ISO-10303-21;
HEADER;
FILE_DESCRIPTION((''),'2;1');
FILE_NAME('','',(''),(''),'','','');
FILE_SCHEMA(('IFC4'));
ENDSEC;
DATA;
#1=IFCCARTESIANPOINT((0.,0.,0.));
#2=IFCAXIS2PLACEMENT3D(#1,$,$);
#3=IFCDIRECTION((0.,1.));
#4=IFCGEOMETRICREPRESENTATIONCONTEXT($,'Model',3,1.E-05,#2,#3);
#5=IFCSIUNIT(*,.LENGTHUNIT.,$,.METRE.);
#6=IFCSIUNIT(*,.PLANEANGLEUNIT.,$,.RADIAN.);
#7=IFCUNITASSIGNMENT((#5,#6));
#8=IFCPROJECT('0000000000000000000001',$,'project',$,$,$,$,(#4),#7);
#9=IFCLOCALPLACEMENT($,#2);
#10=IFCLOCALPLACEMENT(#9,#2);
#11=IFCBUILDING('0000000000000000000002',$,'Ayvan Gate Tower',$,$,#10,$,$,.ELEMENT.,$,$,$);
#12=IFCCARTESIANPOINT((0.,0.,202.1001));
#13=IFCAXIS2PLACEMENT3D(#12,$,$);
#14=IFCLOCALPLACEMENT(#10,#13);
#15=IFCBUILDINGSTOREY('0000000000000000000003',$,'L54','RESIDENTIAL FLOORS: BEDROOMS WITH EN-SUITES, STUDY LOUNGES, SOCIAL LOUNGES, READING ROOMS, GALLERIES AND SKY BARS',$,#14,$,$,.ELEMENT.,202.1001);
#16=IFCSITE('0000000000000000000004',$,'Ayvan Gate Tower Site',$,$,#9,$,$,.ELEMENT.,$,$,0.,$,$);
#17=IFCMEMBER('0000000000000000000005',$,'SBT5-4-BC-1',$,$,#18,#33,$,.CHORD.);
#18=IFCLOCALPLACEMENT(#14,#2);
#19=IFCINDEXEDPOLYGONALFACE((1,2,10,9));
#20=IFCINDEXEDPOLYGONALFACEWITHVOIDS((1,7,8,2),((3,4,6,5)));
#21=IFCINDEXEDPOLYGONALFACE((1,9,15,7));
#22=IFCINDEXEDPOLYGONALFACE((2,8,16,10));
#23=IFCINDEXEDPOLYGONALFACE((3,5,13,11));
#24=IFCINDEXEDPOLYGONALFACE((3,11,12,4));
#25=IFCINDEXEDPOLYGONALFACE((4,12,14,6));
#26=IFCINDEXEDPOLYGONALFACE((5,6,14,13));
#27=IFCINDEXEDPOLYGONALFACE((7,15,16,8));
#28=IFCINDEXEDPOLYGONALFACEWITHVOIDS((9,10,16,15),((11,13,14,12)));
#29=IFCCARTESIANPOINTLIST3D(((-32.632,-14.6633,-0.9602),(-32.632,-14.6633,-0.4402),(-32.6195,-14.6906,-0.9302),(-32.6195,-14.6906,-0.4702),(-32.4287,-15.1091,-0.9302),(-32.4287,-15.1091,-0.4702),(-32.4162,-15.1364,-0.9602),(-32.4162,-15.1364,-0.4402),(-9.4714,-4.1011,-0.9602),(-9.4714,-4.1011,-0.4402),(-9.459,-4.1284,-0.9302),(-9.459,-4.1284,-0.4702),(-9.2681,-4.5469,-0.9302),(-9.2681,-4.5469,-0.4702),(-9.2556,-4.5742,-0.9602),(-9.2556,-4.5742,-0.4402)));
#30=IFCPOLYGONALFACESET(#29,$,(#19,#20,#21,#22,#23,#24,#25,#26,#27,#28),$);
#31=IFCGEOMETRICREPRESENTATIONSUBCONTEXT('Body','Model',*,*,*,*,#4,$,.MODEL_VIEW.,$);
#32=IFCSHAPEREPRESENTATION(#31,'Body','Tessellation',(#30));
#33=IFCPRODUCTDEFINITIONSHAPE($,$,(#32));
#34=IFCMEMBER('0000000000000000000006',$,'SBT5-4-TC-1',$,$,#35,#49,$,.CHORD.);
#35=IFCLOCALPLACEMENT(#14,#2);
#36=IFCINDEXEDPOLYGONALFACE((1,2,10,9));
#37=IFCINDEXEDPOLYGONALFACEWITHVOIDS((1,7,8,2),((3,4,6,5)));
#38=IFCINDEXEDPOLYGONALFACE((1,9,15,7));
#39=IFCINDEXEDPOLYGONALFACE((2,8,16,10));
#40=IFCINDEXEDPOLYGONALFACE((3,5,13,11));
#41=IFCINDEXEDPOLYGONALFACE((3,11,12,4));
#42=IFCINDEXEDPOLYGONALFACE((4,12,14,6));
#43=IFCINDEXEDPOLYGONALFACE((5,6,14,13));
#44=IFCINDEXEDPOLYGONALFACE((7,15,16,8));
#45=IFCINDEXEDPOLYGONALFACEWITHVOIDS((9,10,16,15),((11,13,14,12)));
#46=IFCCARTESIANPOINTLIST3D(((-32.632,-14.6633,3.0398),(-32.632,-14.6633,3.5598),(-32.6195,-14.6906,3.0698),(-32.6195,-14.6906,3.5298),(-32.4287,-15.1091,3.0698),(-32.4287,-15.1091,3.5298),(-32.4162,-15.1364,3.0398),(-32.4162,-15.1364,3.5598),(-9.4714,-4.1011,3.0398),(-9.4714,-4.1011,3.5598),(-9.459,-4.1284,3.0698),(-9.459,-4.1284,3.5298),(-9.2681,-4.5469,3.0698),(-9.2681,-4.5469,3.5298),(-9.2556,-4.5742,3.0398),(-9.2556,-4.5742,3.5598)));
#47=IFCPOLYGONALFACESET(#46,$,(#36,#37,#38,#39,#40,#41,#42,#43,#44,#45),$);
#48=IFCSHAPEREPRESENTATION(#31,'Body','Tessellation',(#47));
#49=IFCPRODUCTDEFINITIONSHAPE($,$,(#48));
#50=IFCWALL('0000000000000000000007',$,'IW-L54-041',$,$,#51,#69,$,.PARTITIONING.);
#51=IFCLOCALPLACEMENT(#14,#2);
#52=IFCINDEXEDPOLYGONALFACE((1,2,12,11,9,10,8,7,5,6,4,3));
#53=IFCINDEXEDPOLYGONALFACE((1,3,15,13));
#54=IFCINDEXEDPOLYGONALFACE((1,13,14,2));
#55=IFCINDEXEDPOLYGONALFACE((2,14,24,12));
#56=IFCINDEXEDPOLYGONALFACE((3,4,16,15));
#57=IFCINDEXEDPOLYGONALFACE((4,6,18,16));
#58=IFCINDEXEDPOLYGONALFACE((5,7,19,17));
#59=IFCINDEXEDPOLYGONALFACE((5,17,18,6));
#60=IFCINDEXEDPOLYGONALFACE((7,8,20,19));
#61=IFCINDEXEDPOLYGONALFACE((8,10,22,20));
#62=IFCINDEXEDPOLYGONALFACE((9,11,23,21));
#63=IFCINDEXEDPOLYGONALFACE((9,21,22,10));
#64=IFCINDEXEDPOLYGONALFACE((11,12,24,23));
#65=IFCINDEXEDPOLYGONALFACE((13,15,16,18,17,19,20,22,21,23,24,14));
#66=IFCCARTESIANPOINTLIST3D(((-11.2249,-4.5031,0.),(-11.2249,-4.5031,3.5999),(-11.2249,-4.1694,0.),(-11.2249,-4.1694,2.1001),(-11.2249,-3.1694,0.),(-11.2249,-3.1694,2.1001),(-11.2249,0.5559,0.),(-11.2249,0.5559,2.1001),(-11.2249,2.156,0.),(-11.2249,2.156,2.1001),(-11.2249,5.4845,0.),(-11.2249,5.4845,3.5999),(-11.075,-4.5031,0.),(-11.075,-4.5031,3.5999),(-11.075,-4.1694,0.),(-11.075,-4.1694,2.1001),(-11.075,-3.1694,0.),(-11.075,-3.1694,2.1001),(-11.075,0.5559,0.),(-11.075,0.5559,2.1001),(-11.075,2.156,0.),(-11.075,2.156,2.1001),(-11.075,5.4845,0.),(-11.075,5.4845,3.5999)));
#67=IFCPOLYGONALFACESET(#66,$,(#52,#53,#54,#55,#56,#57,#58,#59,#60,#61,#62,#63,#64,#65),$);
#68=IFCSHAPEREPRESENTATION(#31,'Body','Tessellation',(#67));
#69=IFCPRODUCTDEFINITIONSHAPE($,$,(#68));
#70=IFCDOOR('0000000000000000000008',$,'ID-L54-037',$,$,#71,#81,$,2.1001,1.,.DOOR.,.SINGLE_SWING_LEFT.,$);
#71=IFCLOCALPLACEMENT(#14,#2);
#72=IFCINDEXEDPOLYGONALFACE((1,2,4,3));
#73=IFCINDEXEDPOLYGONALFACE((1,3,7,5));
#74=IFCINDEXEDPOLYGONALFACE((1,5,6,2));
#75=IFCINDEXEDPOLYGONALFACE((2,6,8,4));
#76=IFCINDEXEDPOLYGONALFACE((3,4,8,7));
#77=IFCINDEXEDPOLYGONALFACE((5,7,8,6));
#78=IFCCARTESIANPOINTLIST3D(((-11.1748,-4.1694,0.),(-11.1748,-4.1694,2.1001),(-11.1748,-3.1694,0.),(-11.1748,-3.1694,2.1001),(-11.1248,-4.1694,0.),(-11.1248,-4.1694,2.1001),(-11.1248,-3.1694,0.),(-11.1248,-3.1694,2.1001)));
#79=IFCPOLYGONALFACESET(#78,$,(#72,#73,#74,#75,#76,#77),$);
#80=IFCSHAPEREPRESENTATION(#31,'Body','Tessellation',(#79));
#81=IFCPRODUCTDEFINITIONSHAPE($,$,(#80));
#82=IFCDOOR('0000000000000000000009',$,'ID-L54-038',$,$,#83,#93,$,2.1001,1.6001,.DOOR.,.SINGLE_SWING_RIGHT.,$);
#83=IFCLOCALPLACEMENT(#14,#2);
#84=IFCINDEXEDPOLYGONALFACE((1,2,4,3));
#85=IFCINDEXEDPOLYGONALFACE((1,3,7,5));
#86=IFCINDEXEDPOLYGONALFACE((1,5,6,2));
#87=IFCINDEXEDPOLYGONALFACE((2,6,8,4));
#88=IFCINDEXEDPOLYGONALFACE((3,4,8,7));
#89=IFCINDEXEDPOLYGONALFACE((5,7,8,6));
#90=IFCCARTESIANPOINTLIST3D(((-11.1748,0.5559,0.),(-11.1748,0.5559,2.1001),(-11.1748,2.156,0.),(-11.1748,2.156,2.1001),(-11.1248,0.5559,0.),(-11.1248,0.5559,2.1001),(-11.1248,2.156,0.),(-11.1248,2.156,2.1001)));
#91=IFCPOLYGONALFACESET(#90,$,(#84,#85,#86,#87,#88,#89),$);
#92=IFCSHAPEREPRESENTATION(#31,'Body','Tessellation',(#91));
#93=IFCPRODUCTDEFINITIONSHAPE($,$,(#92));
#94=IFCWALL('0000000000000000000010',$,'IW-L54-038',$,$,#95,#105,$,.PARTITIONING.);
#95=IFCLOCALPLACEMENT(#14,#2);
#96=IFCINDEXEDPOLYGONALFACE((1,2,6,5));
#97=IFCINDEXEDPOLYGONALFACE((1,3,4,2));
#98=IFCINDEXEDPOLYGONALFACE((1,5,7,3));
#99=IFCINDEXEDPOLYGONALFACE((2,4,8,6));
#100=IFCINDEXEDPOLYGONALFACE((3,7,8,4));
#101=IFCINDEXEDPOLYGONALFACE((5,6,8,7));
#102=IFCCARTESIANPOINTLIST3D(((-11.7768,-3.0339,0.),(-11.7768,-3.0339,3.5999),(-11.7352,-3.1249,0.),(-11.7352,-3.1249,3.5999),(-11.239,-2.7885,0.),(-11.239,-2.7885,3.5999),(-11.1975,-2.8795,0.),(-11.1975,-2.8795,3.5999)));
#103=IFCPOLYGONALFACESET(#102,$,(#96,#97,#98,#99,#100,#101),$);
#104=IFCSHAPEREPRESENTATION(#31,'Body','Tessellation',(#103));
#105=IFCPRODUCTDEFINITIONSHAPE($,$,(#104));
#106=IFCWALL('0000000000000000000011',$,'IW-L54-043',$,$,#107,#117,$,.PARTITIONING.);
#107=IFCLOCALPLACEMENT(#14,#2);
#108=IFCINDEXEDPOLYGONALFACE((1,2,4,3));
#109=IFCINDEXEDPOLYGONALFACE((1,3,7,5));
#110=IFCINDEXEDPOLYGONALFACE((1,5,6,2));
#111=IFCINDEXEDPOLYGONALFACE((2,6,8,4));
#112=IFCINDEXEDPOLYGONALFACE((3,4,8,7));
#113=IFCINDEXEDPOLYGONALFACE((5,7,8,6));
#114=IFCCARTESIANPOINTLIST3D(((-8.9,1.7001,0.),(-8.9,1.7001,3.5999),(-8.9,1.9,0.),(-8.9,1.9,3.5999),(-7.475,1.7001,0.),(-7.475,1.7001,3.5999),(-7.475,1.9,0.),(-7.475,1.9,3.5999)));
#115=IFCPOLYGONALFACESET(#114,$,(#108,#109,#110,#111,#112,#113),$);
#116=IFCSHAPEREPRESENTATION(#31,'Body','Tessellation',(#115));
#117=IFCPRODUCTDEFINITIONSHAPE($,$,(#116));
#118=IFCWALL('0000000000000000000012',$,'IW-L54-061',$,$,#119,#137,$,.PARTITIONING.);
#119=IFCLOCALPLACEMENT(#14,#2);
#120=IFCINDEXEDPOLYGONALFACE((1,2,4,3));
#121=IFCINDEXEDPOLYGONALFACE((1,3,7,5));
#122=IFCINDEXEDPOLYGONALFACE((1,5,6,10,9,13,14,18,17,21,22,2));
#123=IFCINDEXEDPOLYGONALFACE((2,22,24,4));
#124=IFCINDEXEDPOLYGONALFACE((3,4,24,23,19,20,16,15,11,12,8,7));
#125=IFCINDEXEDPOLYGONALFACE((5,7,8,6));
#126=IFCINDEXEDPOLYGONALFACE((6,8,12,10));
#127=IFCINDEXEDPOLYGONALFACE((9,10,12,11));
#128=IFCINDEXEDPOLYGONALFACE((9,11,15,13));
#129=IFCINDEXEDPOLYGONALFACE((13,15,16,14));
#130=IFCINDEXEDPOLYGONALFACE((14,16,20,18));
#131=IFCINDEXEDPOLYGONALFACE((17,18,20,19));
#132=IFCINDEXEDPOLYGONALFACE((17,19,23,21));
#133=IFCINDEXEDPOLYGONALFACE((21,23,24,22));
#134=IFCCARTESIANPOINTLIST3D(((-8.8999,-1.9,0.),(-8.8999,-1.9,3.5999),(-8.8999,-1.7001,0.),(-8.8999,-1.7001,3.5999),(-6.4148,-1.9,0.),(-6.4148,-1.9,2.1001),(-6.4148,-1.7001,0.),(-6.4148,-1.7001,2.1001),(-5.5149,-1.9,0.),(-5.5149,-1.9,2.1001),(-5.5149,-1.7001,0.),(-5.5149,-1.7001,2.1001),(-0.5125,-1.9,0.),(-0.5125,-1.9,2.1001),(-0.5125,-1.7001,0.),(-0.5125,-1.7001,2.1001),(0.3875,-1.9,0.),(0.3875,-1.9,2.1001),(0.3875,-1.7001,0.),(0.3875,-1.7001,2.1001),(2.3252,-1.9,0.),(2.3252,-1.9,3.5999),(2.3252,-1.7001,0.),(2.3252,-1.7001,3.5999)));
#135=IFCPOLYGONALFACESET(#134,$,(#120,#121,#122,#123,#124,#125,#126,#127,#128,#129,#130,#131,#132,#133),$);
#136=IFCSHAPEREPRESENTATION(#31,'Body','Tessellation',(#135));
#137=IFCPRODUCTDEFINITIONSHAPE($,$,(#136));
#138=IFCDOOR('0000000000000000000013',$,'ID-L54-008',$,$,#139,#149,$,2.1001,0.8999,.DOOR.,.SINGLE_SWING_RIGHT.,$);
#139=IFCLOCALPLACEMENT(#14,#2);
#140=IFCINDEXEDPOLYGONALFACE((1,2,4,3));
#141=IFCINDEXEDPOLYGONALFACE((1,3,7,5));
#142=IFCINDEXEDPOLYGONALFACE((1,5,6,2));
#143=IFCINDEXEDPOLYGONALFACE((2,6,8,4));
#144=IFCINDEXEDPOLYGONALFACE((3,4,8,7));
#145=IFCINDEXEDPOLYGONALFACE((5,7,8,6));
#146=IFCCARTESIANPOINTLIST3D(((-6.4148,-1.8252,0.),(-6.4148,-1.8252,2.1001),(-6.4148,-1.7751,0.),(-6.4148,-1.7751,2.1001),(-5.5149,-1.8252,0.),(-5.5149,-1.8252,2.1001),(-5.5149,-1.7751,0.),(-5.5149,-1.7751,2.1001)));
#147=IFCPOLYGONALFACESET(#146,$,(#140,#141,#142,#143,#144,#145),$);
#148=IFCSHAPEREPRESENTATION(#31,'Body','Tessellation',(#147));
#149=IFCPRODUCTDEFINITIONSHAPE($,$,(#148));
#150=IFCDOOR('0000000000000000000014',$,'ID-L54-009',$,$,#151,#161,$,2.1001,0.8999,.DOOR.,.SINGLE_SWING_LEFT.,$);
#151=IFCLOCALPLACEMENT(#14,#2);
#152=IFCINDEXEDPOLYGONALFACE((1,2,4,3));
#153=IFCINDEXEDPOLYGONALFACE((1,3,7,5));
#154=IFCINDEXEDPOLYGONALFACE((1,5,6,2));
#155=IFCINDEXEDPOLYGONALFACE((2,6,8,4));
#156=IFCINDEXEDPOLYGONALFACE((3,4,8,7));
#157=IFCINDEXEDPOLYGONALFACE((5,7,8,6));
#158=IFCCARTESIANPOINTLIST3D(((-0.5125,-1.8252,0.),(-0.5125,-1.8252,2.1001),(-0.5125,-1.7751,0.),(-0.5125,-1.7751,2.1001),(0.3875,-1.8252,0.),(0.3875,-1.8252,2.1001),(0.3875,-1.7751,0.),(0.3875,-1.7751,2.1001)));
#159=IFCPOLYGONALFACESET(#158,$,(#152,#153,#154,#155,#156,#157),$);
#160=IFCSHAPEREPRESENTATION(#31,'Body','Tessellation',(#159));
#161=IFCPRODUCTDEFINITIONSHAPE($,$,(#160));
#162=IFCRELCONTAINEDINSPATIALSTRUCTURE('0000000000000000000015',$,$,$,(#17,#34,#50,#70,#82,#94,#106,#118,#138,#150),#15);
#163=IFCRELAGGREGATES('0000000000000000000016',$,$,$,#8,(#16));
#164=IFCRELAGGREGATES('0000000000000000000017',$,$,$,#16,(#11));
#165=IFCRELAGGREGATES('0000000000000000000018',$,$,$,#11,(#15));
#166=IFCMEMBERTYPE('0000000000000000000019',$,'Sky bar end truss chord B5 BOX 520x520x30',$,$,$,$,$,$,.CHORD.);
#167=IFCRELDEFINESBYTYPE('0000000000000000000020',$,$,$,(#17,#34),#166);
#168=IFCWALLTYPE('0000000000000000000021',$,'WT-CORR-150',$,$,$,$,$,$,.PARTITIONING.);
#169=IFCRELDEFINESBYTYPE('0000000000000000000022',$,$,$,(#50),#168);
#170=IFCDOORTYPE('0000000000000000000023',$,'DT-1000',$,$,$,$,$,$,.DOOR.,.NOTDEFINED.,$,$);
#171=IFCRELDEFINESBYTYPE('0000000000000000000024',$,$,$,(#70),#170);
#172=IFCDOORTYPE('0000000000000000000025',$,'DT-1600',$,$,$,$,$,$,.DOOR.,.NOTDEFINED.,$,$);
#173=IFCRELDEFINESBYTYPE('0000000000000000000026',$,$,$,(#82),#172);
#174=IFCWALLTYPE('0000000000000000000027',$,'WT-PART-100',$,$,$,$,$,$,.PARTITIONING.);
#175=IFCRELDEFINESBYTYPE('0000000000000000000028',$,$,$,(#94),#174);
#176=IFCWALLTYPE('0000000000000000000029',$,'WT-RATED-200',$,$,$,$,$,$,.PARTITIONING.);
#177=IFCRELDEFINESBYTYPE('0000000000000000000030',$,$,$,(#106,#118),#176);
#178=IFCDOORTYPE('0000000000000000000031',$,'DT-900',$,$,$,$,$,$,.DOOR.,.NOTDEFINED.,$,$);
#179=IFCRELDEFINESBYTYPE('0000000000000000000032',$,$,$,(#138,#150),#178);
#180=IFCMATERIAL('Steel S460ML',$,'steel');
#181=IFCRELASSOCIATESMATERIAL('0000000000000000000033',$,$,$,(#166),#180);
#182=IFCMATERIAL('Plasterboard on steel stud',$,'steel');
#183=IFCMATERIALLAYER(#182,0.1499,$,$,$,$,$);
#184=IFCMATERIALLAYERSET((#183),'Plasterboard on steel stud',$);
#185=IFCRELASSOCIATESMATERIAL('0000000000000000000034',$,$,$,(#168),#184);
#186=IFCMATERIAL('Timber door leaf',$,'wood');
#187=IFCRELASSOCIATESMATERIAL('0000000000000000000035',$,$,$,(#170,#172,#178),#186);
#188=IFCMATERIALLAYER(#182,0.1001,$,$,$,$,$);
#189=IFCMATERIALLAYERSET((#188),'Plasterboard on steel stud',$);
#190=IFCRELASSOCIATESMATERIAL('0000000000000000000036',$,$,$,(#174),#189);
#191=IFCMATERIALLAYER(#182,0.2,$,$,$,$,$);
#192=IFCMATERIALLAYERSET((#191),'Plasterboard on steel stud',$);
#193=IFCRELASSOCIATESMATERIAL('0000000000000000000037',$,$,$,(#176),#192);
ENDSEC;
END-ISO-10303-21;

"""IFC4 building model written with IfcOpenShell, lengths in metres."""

from ifc_helpers import new_model, si_unit, direction, frame, frame_2d, origin, origin_2d, place, context, subcontext, project, spatial, rectangle, hollow_rectangle, extrude, material, layer, layer_set, material_profile, profile_set, type_object, element, fill, save


model = new_model("IFC4")

# Units and contexts
model_context = context("Model", 3, precision=1e-05, world=origin(), true_north=direction((0.0, 1.0)))
body_context = subcontext(model_context, "Body", "Model", "MODEL_VIEW")
ifc_project = project(units=[si_unit("LENGTHUNIT", "METRE"), si_unit("PLANEANGLEUNIT", "RADIAN")], contexts=[model_context])

# Site, building, storey
site_placement = place(None, origin())
site = spatial("IfcSite", under=ifc_project, at=site_placement, Name="Ayvan Gate Tower Site", CompositionType="ELEMENT", RefElevation=0.0)
building_placement = place(site_placement, origin())
building = spatial("IfcBuilding", under=site, at=building_placement, Name="Ayvan Gate Tower", CompositionType="ELEMENT")
storey_placement = place(building_placement, frame((0.0, 0.0, 202.1001)))
storey = spatial("IfcBuildingStorey", under=building, at=storey_placement, Name="L54", Description="RESIDENTIAL FLOORS: BEDROOMS WITH EN-SUITES, STUDY LOUNGES, SOCIAL LOUNGES, READING ROOMS, GALLERIES AND SKY BARS", CompositionType="ELEMENT", Elevation=202.1001)

# Members
ifc_material_1 = material(Name="Steel S460ML", Category="steel")
ifc_material_profile = material_profile(ifc_material_1, hollow_rectangle(XDim=0.52, YDim=0.52, WallThickness=0.03, at=origin_2d()), Name="BOX 520x520x30")
ifc_profile_set = profile_set([ifc_material_profile], Name="Steel S460ML")
member_type = type_object("IfcMemberType", Name="Sky bar end truss chord B5 BOX 520x520x30", PredefinedType="CHORD", material=ifc_profile_set)
for number, where, z_axis, x_axis, name in (
    (1, (-9.3635, -4.3376, -0.7002), (-0.909852, -0.414932, 0.0), (0.414932, -0.909852, 0.0), "SBT5-4-BC-1"),
    (2, (-9.3635, -4.3376, 3.2998), (-0.909852, -0.414932, 0.0), (0.414932, -0.909852, 0.0), "SBT5-4-TC-1"),
):
    element("IfcMember", number, at=place(storey_placement, frame(where, z_axis=z_axis, x_axis=x_axis)), inside=storey, type_object=member_type, Name=name, PredefinedType="CHORD", context=body_context, shape_type="SweptSolid", body=[
        extrude(hollow_rectangle(XDim=0.52, YDim=0.52, WallThickness=0.03, at=origin_2d()), origin(), (0.0, 0.0, 1.0), 25.4553),
    ])

# Wall, openings, doors
ifc_material_2 = material(Name="Plasterboard on steel stud", Category="steel")
ifc_layer_1 = layer(ifc_material_2, 0.1499)
ifc_layer_set_1 = layer_set([ifc_layer_1], Name="Plasterboard on steel stud")
wall_type_1 = type_object("IfcWallType", Name="WT-CORR-150", PredefinedType="PARTITIONING", material=ifc_layer_set_1)
wall_1_placement = place(storey_placement, frame((-11.1499, -4.5029, 0.0), z_axis=(0.0, 0.0, 1.0), x_axis=(0.0, 1.0, 0.0)))
wall_1 = element("IfcWall", 3, at=wall_1_placement, inside=storey, type_object=wall_type_1, Name="IW-L54-041", PredefinedType="PARTITIONING", context=body_context, shape_type="SweptSolid", body=[
    extrude(rectangle(XDim=9.9875, YDim=0.1499, at=frame_2d((4.9937, 0.0))), origin(), (0.0, 0.0, 1.0), 3.5999),
])
opening_1_placement = place(wall_1_placement, frame((0.3335, 0.0, 0.0)))
opening_1 = element("IfcOpeningElement", 4, at=opening_1_placement, cuts=wall_1, PredefinedType="OPENING", context=body_context, shape_type="SweptSolid", body=[
    extrude(rectangle(XDim=1.0, YDim=2.1001, at=frame_2d((0.5, 1.05))), frame((0.0, 0.085, 0.0), z_axis=(0.0, -1.0, 0.0), x_axis=(1.0, 0.0, 0.0)), (0.0, 0.0, 1.0), 0.1699),
])
opening_2_placement = place(wall_1_placement, frame((5.0588, 0.0, 0.0)))
opening_2 = element("IfcOpeningElement", 5, at=opening_2_placement, cuts=wall_1, PredefinedType="OPENING", context=body_context, shape_type="SweptSolid", body=[
    extrude(rectangle(XDim=1.6001, YDim=2.1001, at=frame_2d((0.8, 1.05))), frame((0.0, 0.085, 0.0), z_axis=(0.0, -1.0, 0.0), x_axis=(1.0, 0.0, 0.0)), (0.0, 0.0, 1.0), 0.1699),
])
ifc_material_3 = material(Name="Timber door leaf", Category="wood")
door_type_1 = type_object("IfcDoorType", Name="DT-1000", OperationType="NOTDEFINED", PredefinedType="DOOR", material=ifc_material_3)
door_1_placement = place(opening_1_placement, origin())
door_1 = element("IfcDoor", 6, at=door_1_placement, inside=storey, type_object=door_type_1, Name="ID-L54-037", OperationType="SINGLE_SWING_LEFT", OverallHeight=2.1001, OverallWidth=1.0, PredefinedType="DOOR", context=body_context, shape_type="SweptSolid", body=[
    extrude(rectangle(XDim=1.0, YDim=2.1001, at=frame_2d((0.5, 1.05))), frame((0.0, 0.0249, 0.0), z_axis=(0.0, -1.0, 0.0), x_axis=(1.0, 0.0, 0.0)), (0.0, 0.0, 1.0), 0.05),
])
fill(opening_1, door_1)
door_type_2 = type_object("IfcDoorType", Name="DT-1600", OperationType="NOTDEFINED", PredefinedType="DOOR", material=ifc_material_3)
door_2_placement = place(opening_2_placement, origin())
door_2 = element("IfcDoor", 7, at=door_2_placement, inside=storey, type_object=door_type_2, Name="ID-L54-038", OperationType="SINGLE_SWING_RIGHT", OverallHeight=2.1001, OverallWidth=1.6001, PredefinedType="DOOR", context=body_context, shape_type="SweptSolid", body=[
    extrude(rectangle(XDim=1.6001, YDim=2.1001, at=frame_2d((0.8, 1.05))), frame((0.0, 0.0249, 0.0), z_axis=(0.0, -1.0, 0.0), x_axis=(1.0, 0.0, 0.0)), (0.0, 0.0, 1.0), 0.05),
])
fill(opening_2, door_2)

# Walls
ifc_layer_2 = layer(ifc_material_2, 0.1001)
ifc_layer_set_2 = layer_set([ifc_layer_2], Name="Plasterboard on steel stud")
wall_type_2 = type_object("IfcWallType", Name="WT-PART-100", PredefinedType="PARTITIONING", material=ifc_layer_set_2)
wall_2_placement = place(storey_placement, frame((-11.7559, -3.0793, 0.0), z_axis=(0.0, 0.0, 1.0), x_axis=(0.909729, 0.415203, 0.0)))
element("IfcWall", 8, at=wall_2_placement, inside=storey, type_object=wall_type_2, Name="IW-L54-038", PredefinedType="PARTITIONING", context=body_context, shape_type="SweptSolid", body=[
    extrude(rectangle(XDim=0.5911, YDim=0.1001, at=frame_2d((0.2954, 0.0))), origin(), (0.0, 0.0, 1.0), 3.5999),
])
ifc_layer_3 = layer(ifc_material_2, 0.2)
ifc_layer_set_3 = layer_set([ifc_layer_3], Name="Plasterboard on steel stud")
wall_type_3 = type_object("IfcWallType", Name="WT-RATED-200", PredefinedType="PARTITIONING", material=ifc_layer_set_3)
wall_3_placement = place(storey_placement, frame((-8.8999, 1.8, 0.0), z_axis=(0.0, 0.0, 1.0), x_axis=(1.0, 0.0, 0.0)))
element("IfcWall", 9, at=wall_3_placement, inside=storey, type_object=wall_type_3, Name="IW-L54-043", PredefinedType="PARTITIONING", context=body_context, shape_type="SweptSolid", body=[
    extrude(rectangle(XDim=1.425, YDim=0.2, at=frame_2d((0.7124, 0.0))), origin(), (0.0, 0.0, 1.0), 3.5999),
])

# Wall, openings, doors
wall_4_placement = place(storey_placement, frame((-8.8999, -1.8, 0.0), z_axis=(0.0, 0.0, 1.0), x_axis=(1.0, 0.0, 0.0)))
wall_4 = element("IfcWall", 10, at=wall_4_placement, inside=storey, type_object=wall_type_3, Name="IW-L54-061", PredefinedType="PARTITIONING", context=body_context, shape_type="SweptSolid", body=[
    extrude(rectangle(XDim=11.2251, YDim=0.2, at=frame_2d((5.6125, 0.0))), origin(), (0.0, 0.0, 1.0), 3.5999),
])
opening_3_placement = place(wall_4_placement, frame((2.4851, 0.0, 0.0)))
opening_3 = element("IfcOpeningElement", 11, at=opening_3_placement, cuts=wall_4, PredefinedType="OPENING", context=body_context, shape_type="SweptSolid", body=[
    extrude(rectangle(XDim=0.8999, YDim=2.1001, at=frame_2d((0.45, 1.05))), frame((0.0, 0.1099, 0.0), z_axis=(0.0, -1.0, 0.0), x_axis=(1.0, 0.0, 0.0)), (0.0, 0.0, 1.0), 0.22),
])
opening_4_placement = place(wall_4_placement, frame((8.3875, 0.0, 0.0)))
opening_4 = element("IfcOpeningElement", 12, at=opening_4_placement, cuts=wall_4, PredefinedType="OPENING", context=body_context, shape_type="SweptSolid", body=[
    extrude(rectangle(XDim=0.8999, YDim=2.1001, at=frame_2d((0.45, 1.05))), frame((0.0, 0.1099, 0.0), z_axis=(0.0, -1.0, 0.0), x_axis=(1.0, 0.0, 0.0)), (0.0, 0.0, 1.0), 0.22),
])
door_type_3 = type_object("IfcDoorType", Name="DT-900", OperationType="NOTDEFINED", PredefinedType="DOOR", material=ifc_material_3)
door_3_placement = place(opening_3_placement, origin())
door_3 = element("IfcDoor", 13, at=door_3_placement, inside=storey, type_object=door_type_3, Name="ID-L54-008", OperationType="SINGLE_SWING_RIGHT", OverallHeight=2.1001, OverallWidth=0.8999, PredefinedType="DOOR", context=body_context, shape_type="SweptSolid", body=[
    extrude(rectangle(XDim=0.8999, YDim=2.1001, at=frame_2d((0.45, 1.05))), frame((0.0, 0.0249, 0.0), z_axis=(0.0, -1.0, 0.0), x_axis=(1.0, 0.0, 0.0)), (0.0, 0.0, 1.0), 0.05),
])
fill(opening_3, door_3)
door_4_placement = place(opening_4_placement, origin())
door_4 = element("IfcDoor", 14, at=door_4_placement, inside=storey, type_object=door_type_3, Name="ID-L54-009", OperationType="SINGLE_SWING_LEFT", OverallHeight=2.1001, OverallWidth=0.8999, PredefinedType="DOOR", context=body_context, shape_type="SweptSolid", body=[
    extrude(rectangle(XDim=0.8999, YDim=2.1001, at=frame_2d((0.45, 1.05))), frame((0.0, 0.0249, 0.0), z_axis=(0.0, -1.0, 0.0), x_axis=(1.0, 0.0, 0.0)), (0.0, 0.0, 1.0), 0.05),
])
fill(opening_4, door_4)

save(model, "model.ifc")
